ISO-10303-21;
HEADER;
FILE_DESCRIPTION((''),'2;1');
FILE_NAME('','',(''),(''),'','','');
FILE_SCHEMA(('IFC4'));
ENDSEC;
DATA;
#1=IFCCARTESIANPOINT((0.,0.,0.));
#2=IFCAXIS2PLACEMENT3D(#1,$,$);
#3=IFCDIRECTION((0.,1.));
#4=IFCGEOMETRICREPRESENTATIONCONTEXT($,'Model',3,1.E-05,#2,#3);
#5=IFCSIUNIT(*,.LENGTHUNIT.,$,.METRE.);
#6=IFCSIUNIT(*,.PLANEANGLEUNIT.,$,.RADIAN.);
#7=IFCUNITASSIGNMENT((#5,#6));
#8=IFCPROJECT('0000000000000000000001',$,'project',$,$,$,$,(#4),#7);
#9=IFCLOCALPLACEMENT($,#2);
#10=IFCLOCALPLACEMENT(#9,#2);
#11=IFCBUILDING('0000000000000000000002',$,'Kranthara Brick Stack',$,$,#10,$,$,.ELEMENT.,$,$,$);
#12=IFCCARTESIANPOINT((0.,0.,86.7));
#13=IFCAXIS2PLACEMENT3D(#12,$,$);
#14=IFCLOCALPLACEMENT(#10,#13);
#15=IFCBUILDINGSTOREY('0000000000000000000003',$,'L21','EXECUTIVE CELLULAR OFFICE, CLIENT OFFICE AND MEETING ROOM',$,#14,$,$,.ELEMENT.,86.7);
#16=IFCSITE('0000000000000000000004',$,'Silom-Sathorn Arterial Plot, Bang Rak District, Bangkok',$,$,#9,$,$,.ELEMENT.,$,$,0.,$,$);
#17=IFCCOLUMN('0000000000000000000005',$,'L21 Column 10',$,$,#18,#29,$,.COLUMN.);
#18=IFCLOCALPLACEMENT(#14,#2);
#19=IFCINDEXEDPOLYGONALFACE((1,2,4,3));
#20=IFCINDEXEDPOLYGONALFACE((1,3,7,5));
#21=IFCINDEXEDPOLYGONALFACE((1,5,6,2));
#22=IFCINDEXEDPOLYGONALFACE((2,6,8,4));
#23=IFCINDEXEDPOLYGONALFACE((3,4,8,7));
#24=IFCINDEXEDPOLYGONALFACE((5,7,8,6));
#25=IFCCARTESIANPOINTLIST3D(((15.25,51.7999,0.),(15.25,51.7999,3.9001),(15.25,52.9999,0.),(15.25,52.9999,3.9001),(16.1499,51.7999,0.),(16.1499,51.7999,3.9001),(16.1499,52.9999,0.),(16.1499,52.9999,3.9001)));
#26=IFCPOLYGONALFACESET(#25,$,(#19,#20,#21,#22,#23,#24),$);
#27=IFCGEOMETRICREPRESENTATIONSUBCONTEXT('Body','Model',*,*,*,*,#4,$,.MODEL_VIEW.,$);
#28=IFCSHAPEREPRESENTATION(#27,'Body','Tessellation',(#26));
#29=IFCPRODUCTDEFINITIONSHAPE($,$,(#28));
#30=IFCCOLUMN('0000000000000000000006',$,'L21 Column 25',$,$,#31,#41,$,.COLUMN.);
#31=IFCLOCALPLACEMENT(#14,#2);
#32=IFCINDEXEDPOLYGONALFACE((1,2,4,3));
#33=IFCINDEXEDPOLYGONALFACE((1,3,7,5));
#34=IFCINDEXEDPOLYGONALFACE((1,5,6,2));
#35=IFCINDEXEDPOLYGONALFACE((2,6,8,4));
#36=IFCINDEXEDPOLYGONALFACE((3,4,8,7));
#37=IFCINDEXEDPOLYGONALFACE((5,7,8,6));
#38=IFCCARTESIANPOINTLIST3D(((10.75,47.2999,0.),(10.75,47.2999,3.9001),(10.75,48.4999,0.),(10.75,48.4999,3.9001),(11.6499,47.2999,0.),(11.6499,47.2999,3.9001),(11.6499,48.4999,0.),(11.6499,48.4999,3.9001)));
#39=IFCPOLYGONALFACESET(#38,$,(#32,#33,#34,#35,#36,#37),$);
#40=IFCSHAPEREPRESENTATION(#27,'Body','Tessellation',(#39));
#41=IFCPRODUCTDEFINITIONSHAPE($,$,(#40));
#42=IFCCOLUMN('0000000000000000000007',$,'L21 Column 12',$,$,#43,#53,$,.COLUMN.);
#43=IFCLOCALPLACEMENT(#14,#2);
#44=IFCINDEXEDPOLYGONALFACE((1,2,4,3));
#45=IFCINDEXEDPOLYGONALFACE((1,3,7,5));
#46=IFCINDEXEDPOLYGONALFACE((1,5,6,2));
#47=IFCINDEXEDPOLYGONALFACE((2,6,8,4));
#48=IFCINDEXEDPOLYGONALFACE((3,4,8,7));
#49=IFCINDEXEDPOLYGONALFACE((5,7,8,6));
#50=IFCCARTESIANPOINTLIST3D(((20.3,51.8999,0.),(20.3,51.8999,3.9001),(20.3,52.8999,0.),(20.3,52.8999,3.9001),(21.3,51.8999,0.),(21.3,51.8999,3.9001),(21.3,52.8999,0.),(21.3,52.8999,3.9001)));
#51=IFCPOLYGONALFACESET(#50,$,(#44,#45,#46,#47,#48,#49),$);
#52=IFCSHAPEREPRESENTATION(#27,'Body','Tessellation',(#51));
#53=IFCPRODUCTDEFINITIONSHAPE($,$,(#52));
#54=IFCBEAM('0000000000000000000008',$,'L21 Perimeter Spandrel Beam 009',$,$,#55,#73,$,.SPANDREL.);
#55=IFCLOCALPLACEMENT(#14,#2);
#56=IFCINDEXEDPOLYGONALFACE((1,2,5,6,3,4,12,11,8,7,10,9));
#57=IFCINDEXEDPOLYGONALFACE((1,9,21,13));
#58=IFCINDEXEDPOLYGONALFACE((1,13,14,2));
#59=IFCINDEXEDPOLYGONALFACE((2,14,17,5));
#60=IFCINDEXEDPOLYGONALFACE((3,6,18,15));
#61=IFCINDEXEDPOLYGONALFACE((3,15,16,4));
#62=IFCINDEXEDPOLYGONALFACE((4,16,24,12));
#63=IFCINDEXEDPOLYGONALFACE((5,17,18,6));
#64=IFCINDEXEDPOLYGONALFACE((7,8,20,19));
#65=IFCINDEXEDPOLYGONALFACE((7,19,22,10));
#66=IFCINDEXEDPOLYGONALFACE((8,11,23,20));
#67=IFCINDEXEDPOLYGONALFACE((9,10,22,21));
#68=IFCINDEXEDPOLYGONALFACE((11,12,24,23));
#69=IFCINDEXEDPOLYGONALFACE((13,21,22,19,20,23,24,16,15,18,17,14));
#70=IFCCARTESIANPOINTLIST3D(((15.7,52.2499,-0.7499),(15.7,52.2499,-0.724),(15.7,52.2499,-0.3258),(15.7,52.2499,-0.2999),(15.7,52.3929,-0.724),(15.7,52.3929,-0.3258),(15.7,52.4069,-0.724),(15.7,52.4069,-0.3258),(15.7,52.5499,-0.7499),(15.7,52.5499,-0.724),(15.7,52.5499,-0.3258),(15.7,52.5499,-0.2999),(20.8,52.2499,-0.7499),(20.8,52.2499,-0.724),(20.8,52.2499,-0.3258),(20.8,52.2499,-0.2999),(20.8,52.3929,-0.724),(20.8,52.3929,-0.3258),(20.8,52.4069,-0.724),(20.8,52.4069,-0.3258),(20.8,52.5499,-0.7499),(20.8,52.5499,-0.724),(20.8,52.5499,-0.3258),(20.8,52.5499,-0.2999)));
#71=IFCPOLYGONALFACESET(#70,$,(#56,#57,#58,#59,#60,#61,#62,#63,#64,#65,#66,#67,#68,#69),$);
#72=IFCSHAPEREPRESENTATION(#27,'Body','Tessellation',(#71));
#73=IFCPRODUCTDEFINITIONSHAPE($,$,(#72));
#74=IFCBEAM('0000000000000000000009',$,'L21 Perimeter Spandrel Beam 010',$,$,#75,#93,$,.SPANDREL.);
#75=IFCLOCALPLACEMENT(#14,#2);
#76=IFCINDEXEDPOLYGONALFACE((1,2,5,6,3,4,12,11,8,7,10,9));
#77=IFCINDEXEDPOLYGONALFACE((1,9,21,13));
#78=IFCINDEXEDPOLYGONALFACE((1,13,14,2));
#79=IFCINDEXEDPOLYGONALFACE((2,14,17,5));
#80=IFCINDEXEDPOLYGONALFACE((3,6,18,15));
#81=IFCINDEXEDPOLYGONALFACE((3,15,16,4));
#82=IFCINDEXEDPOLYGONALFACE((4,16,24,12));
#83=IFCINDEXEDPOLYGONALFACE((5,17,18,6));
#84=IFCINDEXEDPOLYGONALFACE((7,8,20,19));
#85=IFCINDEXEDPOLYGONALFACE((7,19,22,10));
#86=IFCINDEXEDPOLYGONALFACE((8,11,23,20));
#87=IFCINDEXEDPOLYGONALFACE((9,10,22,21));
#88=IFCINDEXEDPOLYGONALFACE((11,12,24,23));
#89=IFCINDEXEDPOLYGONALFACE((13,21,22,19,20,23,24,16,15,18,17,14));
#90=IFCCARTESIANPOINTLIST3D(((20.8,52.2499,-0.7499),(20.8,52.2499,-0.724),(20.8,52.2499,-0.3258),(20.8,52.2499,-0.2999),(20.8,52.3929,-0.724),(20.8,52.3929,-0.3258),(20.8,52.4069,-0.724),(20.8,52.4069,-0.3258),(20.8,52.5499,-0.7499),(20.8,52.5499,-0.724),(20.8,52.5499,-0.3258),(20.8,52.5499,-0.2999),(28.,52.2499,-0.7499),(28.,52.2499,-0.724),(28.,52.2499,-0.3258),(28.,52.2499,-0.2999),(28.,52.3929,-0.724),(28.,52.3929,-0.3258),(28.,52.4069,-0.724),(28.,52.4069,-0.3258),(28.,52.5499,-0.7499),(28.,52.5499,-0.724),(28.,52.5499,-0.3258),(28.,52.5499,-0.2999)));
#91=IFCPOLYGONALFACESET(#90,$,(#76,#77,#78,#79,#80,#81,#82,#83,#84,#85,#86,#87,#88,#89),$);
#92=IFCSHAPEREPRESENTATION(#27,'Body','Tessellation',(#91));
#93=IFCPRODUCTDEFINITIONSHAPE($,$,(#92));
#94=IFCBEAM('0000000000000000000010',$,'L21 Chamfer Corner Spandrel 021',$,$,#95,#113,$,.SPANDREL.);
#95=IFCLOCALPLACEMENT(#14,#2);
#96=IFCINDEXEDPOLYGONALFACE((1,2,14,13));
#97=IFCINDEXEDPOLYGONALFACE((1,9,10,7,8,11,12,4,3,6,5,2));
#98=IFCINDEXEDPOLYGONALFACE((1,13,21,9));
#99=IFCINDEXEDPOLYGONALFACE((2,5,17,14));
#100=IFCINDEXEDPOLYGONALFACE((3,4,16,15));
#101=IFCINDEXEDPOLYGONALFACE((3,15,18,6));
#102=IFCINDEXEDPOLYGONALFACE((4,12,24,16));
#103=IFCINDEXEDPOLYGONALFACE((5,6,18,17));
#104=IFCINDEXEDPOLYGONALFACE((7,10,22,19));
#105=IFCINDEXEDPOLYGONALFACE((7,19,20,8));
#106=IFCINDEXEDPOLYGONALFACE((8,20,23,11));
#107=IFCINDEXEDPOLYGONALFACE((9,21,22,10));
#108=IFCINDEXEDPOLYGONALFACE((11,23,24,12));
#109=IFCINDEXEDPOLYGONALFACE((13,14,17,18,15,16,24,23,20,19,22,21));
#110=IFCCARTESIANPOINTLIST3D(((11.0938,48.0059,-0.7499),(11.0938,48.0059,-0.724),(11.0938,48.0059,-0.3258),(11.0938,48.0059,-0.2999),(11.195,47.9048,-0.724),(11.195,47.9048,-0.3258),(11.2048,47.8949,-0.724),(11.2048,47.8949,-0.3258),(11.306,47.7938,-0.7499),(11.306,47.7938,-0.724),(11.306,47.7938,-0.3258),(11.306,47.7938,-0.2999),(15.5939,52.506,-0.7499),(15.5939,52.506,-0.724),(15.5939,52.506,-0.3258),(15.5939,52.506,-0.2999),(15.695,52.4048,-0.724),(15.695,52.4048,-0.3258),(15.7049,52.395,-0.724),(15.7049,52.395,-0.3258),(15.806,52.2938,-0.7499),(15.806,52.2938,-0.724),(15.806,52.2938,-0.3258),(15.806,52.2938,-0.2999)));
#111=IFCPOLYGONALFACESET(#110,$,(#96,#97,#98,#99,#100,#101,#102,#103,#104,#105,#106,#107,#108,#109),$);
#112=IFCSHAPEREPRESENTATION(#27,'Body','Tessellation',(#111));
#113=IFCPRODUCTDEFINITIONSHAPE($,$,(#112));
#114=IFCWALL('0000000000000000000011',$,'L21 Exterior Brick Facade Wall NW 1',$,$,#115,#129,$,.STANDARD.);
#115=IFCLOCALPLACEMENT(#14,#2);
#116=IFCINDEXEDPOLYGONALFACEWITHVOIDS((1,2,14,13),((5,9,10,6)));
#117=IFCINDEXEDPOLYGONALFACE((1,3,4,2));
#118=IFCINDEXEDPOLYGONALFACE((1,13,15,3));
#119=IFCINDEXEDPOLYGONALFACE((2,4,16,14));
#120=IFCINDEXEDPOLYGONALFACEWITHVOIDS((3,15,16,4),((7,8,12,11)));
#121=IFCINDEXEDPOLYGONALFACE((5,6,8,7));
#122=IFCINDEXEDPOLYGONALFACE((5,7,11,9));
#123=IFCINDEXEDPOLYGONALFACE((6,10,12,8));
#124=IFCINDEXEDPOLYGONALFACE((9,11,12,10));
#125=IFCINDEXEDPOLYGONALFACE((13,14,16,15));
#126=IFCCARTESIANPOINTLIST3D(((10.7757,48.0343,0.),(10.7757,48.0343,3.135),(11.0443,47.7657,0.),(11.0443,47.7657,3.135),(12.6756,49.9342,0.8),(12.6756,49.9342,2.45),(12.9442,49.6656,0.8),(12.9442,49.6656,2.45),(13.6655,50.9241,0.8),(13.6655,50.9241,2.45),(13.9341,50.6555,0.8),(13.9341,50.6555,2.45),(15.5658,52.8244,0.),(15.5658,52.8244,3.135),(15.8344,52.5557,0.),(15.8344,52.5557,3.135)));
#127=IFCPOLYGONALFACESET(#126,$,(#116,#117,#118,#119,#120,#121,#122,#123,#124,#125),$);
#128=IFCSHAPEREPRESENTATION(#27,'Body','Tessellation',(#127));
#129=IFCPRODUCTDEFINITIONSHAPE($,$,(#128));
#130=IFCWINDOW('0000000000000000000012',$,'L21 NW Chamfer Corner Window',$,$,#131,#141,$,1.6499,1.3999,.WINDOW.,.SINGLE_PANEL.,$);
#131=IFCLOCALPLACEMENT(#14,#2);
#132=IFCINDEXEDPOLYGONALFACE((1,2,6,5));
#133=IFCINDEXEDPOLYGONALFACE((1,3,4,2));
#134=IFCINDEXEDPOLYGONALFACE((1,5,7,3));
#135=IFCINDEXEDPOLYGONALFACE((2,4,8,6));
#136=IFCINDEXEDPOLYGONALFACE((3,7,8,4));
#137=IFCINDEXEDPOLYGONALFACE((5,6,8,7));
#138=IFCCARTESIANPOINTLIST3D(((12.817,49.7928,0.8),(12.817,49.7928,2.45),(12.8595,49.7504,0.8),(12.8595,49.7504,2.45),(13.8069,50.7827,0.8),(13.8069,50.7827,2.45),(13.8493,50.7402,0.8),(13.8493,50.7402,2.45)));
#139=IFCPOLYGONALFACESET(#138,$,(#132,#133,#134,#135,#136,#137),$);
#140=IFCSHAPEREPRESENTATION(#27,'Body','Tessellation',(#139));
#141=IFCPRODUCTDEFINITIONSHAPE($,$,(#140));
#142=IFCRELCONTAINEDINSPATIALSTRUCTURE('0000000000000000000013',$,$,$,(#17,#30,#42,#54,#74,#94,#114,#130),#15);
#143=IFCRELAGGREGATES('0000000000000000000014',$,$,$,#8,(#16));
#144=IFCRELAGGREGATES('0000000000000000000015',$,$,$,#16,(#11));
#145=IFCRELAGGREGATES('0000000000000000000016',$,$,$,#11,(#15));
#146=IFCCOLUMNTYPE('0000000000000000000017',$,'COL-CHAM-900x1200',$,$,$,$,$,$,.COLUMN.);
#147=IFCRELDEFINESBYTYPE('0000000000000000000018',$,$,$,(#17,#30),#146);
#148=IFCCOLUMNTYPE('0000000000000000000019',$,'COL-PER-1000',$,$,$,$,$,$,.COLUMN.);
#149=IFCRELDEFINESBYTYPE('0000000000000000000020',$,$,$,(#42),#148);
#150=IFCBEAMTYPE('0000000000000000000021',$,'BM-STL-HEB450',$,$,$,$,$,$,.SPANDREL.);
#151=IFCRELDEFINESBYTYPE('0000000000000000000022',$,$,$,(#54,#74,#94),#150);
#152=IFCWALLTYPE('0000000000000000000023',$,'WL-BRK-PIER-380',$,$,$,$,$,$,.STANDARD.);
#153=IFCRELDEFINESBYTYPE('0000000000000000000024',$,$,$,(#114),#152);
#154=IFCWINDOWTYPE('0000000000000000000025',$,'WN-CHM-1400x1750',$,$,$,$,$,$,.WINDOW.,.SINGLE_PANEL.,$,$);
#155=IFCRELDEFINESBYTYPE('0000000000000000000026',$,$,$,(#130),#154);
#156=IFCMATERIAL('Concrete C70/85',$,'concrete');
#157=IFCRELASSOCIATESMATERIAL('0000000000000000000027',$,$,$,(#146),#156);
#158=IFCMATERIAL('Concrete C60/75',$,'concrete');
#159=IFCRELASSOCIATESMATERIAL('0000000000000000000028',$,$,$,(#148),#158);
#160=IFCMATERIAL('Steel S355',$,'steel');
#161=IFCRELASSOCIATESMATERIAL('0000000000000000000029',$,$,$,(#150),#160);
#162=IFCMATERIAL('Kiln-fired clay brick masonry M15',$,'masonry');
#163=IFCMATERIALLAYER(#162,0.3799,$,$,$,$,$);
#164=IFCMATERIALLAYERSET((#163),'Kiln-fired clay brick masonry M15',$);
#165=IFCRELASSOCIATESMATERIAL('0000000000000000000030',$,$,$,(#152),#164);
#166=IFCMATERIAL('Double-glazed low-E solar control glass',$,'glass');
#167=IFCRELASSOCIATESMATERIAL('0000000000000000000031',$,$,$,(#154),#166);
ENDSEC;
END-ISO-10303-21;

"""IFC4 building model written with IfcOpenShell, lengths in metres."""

from ifc_helpers import new_model, si_unit, direction, frame, frame_2d, origin, origin_2d, place, context, subcontext, project, spatial, rectangle, i_section, extrude, material, layer, layer_set, material_profile, profile_set, type_object, element, fill, save


model = new_model("IFC4")

# Units and contexts
model_context = context("Model", 3, precision=1e-05, world=origin(), true_north=direction((0.0, 1.0)))
body_context = subcontext(model_context, "Body", "Model", "MODEL_VIEW")
ifc_project = project(units=[si_unit("LENGTHUNIT", "METRE"), si_unit("PLANEANGLEUNIT", "RADIAN")], contexts=[model_context])

# Site, building, storey
site_placement = place(None, origin())
site = spatial("IfcSite", under=ifc_project, at=site_placement, Name="Silom-Sathorn Arterial Plot, Bang Rak District, Bangkok", CompositionType="ELEMENT", RefElevation=0.0)
building_placement = place(site_placement, origin())
building = spatial("IfcBuilding", under=site, at=building_placement, Name="Kranthara Brick Stack", CompositionType="ELEMENT")
storey_placement = place(building_placement, frame((0.0, 0.0, 86.7)))
storey = spatial("IfcBuildingStorey", under=building, at=storey_placement, Name="L21", Description="EXECUTIVE CELLULAR OFFICE, CLIENT OFFICE AND MEETING ROOM", CompositionType="ELEMENT", Elevation=86.7)

# Columns
ifc_material_1 = material(Name="Concrete C70/85", Category="concrete")
ifc_material_profile_1 = material_profile(ifc_material_1, rectangle(XDim=0.8999, YDim=1.2, at=origin_2d()), Name="RC 900x1200")
ifc_profile_set_1 = profile_set([ifc_material_profile_1], Name="Concrete C70/85")
column_type_1 = type_object("IfcColumnType", Name="COL-CHAM-900x1200", PredefinedType="COLUMN", material=ifc_profile_set_1)
for number, where, z_axis, x_axis, name in (
    (1, (15.7, 52.3999, 0.0), (0.0, 0.0, 1.0), (1.0, 0.0, 0.0), "L21 Column 10"),
    (2, (11.2, 47.8999, 0.0), (0.0, 0.0, 1.0), (1.0, 0.0, 0.0), "L21 Column 25"),
):
    element("IfcColumn", number, at=place(storey_placement, frame(where, z_axis=z_axis, x_axis=x_axis)), inside=storey, type_object=column_type_1, Name=name, PredefinedType="COLUMN", context=body_context, shape_type="SweptSolid", body=[
        extrude(rectangle(XDim=0.8999, YDim=1.2, at=origin_2d()), origin(), (0.0, 0.0, 1.0), 3.9001),
    ])
ifc_material_2 = material(Name="Concrete C60/75", Category="concrete")
ifc_material_profile_2 = material_profile(ifc_material_2, rectangle(XDim=1.0, YDim=1.0, at=origin_2d()), Name="RC 1000x1000")
ifc_profile_set_2 = profile_set([ifc_material_profile_2], Name="Concrete C60/75")
column_type_2 = type_object("IfcColumnType", Name="COL-PER-1000", PredefinedType="COLUMN", material=ifc_profile_set_2)
column_placement = place(storey_placement, frame((20.8, 52.3999, 0.0), z_axis=(0.0, 0.0, 1.0), x_axis=(1.0, 0.0, 0.0)))
element("IfcColumn", 3, at=column_placement, inside=storey, type_object=column_type_2, Name="L21 Column 12", PredefinedType="COLUMN", context=body_context, shape_type="SweptSolid", body=[
    extrude(rectangle(XDim=1.0, YDim=1.0, at=origin_2d()), origin(), (0.0, 0.0, 1.0), 3.9001),
])

# Beams
ifc_material_3 = material(Name="Steel S355", Category="steel")
ifc_material_profile_3 = material_profile(ifc_material_3, i_section(OverallWidth=0.3, OverallDepth=0.45, WebThickness=0.0139, FlangeThickness=0.0259, at=origin_2d()), Name="HEB 450")
ifc_profile_set_3 = profile_set([ifc_material_profile_3], Name="Steel S355")
beam_type = type_object("IfcBeamType", Name="BM-STL-HEB450", PredefinedType="SPANDREL", material=ifc_profile_set_3)
beam_1_placement = place(storey_placement, frame((15.7, 52.3999, -0.5249), z_axis=(1.0, 0.0, 0.0), x_axis=(0.0, 1.0, 0.0)))
element("IfcBeam", 4, at=beam_1_placement, inside=storey, type_object=beam_type, Name="L21 Perimeter Spandrel Beam 009", PredefinedType="SPANDREL", context=body_context, shape_type="SweptSolid", body=[
    extrude(i_section(OverallWidth=0.3, OverallDepth=0.45, WebThickness=0.0139, FlangeThickness=0.0259, at=origin_2d()), origin(), (0.0, 0.0, 1.0), 5.1001),
])
beam_2_placement = place(storey_placement, frame((20.8, 52.3999, -0.5249), z_axis=(1.0, 0.0, 0.0), x_axis=(0.0, 1.0, 0.0)))
element("IfcBeam", 5, at=beam_2_placement, inside=storey, type_object=beam_type, Name="L21 Perimeter Spandrel Beam 010", PredefinedType="SPANDREL", context=body_context, shape_type="SweptSolid", body=[
    extrude(i_section(OverallWidth=0.3, OverallDepth=0.45, WebThickness=0.0139, FlangeThickness=0.0259, at=origin_2d()), origin(), (0.0, 0.0, 1.0), 7.2),
])
beam_3_placement = place(storey_placement, frame((15.7, 52.3999, -0.5249), z_axis=(-0.707107, -0.707107, 0.0), x_axis=(0.707107, -0.707107, 0.0)))
element("IfcBeam", 6, at=beam_3_placement, inside=storey, type_object=beam_type, Name="L21 Chamfer Corner Spandrel 021", PredefinedType="SPANDREL", context=body_context, shape_type="SweptSolid", body=[
    extrude(i_section(OverallWidth=0.3, OverallDepth=0.45, WebThickness=0.0139, FlangeThickness=0.0259, at=origin_2d()), origin(), (0.0, 0.0, 1.0), 6.364),
])

# Wall, opening, window
ifc_material_4 = material(Name="Kiln-fired clay brick masonry M15", Category="masonry")
ifc_layer_1 = layer(ifc_material_4, 0.3799)
ifc_layer_set_1 = layer_set([ifc_layer_1], Name="Kiln-fired clay brick masonry M15")
wall_type_1 = type_object("IfcWallType", Name="WL-BRK-PIER-380", PredefinedType="STANDARD", material=ifc_layer_set_1)
wall_1_placement = place(storey_placement, frame((10.9099, 47.8999, 0.0), z_axis=(0.0, 0.0, 1.0), x_axis=(0.707107, 0.707107, 0.0)))
wall_1 = element("IfcWall", 7, at=wall_1_placement, inside=storey, type_object=wall_type_1, Name="L21 Exterior Brick Facade Wall NW 1", PredefinedType="STANDARD", context=body_context, shape_type="SweptSolid", body=[
    extrude(rectangle(XDim=6.7742, YDim=0.3799, at=frame_2d((3.3872, 0.0))), origin(), (0.0, 0.0, 1.0), 3.135),
])
opening_1_placement = place(wall_1_placement, frame((2.687, 0.0, 0.8)))
opening_1 = element("IfcOpeningElement", 8, at=opening_1_placement, cuts=wall_1, PredefinedType="OPENING", context=body_context, shape_type="SweptSolid", body=[
    extrude(rectangle(XDim=1.3999, YDim=1.6499, at=frame_2d((0.7, 0.825))), frame((0.0, 0.2, 0.0), z_axis=(0.0, -1.0, 0.0), x_axis=(1.0, 0.0, 0.0)), (0.0, 0.0, 1.0), 0.3999),
])
ifc_material_5 = material(Name="Double-glazed low-E solar control glass", Category="glass")
window_type_1 = type_object("IfcWindowType", Name="WN-CHM-1400x1750", PartitioningType="SINGLE_PANEL", PredefinedType="WINDOW", material=ifc_material_5)
window_1_placement = place(opening_1_placement, origin())
window_1 = element("IfcWindow", 9, at=window_1_placement, inside=storey, type_object=window_type_1, Name="L21 NW Chamfer Corner Window", OverallHeight=1.6499, OverallWidth=1.3999, PartitioningType="SINGLE_PANEL", PredefinedType="WINDOW", context=body_context, shape_type="SweptSolid", body=[
    extrude(rectangle(XDim=1.3999, YDim=1.6499, at=frame_2d((0.7, 0.825))), frame((0.0, -0.01, 0.0), z_axis=(0.0, -1.0, 0.0), x_axis=(1.0, 0.0, 0.0)), (0.0, 0.0, 1.0), 0.0601),
])
fill(opening_1, window_1)

save(model, "model.ifc")
